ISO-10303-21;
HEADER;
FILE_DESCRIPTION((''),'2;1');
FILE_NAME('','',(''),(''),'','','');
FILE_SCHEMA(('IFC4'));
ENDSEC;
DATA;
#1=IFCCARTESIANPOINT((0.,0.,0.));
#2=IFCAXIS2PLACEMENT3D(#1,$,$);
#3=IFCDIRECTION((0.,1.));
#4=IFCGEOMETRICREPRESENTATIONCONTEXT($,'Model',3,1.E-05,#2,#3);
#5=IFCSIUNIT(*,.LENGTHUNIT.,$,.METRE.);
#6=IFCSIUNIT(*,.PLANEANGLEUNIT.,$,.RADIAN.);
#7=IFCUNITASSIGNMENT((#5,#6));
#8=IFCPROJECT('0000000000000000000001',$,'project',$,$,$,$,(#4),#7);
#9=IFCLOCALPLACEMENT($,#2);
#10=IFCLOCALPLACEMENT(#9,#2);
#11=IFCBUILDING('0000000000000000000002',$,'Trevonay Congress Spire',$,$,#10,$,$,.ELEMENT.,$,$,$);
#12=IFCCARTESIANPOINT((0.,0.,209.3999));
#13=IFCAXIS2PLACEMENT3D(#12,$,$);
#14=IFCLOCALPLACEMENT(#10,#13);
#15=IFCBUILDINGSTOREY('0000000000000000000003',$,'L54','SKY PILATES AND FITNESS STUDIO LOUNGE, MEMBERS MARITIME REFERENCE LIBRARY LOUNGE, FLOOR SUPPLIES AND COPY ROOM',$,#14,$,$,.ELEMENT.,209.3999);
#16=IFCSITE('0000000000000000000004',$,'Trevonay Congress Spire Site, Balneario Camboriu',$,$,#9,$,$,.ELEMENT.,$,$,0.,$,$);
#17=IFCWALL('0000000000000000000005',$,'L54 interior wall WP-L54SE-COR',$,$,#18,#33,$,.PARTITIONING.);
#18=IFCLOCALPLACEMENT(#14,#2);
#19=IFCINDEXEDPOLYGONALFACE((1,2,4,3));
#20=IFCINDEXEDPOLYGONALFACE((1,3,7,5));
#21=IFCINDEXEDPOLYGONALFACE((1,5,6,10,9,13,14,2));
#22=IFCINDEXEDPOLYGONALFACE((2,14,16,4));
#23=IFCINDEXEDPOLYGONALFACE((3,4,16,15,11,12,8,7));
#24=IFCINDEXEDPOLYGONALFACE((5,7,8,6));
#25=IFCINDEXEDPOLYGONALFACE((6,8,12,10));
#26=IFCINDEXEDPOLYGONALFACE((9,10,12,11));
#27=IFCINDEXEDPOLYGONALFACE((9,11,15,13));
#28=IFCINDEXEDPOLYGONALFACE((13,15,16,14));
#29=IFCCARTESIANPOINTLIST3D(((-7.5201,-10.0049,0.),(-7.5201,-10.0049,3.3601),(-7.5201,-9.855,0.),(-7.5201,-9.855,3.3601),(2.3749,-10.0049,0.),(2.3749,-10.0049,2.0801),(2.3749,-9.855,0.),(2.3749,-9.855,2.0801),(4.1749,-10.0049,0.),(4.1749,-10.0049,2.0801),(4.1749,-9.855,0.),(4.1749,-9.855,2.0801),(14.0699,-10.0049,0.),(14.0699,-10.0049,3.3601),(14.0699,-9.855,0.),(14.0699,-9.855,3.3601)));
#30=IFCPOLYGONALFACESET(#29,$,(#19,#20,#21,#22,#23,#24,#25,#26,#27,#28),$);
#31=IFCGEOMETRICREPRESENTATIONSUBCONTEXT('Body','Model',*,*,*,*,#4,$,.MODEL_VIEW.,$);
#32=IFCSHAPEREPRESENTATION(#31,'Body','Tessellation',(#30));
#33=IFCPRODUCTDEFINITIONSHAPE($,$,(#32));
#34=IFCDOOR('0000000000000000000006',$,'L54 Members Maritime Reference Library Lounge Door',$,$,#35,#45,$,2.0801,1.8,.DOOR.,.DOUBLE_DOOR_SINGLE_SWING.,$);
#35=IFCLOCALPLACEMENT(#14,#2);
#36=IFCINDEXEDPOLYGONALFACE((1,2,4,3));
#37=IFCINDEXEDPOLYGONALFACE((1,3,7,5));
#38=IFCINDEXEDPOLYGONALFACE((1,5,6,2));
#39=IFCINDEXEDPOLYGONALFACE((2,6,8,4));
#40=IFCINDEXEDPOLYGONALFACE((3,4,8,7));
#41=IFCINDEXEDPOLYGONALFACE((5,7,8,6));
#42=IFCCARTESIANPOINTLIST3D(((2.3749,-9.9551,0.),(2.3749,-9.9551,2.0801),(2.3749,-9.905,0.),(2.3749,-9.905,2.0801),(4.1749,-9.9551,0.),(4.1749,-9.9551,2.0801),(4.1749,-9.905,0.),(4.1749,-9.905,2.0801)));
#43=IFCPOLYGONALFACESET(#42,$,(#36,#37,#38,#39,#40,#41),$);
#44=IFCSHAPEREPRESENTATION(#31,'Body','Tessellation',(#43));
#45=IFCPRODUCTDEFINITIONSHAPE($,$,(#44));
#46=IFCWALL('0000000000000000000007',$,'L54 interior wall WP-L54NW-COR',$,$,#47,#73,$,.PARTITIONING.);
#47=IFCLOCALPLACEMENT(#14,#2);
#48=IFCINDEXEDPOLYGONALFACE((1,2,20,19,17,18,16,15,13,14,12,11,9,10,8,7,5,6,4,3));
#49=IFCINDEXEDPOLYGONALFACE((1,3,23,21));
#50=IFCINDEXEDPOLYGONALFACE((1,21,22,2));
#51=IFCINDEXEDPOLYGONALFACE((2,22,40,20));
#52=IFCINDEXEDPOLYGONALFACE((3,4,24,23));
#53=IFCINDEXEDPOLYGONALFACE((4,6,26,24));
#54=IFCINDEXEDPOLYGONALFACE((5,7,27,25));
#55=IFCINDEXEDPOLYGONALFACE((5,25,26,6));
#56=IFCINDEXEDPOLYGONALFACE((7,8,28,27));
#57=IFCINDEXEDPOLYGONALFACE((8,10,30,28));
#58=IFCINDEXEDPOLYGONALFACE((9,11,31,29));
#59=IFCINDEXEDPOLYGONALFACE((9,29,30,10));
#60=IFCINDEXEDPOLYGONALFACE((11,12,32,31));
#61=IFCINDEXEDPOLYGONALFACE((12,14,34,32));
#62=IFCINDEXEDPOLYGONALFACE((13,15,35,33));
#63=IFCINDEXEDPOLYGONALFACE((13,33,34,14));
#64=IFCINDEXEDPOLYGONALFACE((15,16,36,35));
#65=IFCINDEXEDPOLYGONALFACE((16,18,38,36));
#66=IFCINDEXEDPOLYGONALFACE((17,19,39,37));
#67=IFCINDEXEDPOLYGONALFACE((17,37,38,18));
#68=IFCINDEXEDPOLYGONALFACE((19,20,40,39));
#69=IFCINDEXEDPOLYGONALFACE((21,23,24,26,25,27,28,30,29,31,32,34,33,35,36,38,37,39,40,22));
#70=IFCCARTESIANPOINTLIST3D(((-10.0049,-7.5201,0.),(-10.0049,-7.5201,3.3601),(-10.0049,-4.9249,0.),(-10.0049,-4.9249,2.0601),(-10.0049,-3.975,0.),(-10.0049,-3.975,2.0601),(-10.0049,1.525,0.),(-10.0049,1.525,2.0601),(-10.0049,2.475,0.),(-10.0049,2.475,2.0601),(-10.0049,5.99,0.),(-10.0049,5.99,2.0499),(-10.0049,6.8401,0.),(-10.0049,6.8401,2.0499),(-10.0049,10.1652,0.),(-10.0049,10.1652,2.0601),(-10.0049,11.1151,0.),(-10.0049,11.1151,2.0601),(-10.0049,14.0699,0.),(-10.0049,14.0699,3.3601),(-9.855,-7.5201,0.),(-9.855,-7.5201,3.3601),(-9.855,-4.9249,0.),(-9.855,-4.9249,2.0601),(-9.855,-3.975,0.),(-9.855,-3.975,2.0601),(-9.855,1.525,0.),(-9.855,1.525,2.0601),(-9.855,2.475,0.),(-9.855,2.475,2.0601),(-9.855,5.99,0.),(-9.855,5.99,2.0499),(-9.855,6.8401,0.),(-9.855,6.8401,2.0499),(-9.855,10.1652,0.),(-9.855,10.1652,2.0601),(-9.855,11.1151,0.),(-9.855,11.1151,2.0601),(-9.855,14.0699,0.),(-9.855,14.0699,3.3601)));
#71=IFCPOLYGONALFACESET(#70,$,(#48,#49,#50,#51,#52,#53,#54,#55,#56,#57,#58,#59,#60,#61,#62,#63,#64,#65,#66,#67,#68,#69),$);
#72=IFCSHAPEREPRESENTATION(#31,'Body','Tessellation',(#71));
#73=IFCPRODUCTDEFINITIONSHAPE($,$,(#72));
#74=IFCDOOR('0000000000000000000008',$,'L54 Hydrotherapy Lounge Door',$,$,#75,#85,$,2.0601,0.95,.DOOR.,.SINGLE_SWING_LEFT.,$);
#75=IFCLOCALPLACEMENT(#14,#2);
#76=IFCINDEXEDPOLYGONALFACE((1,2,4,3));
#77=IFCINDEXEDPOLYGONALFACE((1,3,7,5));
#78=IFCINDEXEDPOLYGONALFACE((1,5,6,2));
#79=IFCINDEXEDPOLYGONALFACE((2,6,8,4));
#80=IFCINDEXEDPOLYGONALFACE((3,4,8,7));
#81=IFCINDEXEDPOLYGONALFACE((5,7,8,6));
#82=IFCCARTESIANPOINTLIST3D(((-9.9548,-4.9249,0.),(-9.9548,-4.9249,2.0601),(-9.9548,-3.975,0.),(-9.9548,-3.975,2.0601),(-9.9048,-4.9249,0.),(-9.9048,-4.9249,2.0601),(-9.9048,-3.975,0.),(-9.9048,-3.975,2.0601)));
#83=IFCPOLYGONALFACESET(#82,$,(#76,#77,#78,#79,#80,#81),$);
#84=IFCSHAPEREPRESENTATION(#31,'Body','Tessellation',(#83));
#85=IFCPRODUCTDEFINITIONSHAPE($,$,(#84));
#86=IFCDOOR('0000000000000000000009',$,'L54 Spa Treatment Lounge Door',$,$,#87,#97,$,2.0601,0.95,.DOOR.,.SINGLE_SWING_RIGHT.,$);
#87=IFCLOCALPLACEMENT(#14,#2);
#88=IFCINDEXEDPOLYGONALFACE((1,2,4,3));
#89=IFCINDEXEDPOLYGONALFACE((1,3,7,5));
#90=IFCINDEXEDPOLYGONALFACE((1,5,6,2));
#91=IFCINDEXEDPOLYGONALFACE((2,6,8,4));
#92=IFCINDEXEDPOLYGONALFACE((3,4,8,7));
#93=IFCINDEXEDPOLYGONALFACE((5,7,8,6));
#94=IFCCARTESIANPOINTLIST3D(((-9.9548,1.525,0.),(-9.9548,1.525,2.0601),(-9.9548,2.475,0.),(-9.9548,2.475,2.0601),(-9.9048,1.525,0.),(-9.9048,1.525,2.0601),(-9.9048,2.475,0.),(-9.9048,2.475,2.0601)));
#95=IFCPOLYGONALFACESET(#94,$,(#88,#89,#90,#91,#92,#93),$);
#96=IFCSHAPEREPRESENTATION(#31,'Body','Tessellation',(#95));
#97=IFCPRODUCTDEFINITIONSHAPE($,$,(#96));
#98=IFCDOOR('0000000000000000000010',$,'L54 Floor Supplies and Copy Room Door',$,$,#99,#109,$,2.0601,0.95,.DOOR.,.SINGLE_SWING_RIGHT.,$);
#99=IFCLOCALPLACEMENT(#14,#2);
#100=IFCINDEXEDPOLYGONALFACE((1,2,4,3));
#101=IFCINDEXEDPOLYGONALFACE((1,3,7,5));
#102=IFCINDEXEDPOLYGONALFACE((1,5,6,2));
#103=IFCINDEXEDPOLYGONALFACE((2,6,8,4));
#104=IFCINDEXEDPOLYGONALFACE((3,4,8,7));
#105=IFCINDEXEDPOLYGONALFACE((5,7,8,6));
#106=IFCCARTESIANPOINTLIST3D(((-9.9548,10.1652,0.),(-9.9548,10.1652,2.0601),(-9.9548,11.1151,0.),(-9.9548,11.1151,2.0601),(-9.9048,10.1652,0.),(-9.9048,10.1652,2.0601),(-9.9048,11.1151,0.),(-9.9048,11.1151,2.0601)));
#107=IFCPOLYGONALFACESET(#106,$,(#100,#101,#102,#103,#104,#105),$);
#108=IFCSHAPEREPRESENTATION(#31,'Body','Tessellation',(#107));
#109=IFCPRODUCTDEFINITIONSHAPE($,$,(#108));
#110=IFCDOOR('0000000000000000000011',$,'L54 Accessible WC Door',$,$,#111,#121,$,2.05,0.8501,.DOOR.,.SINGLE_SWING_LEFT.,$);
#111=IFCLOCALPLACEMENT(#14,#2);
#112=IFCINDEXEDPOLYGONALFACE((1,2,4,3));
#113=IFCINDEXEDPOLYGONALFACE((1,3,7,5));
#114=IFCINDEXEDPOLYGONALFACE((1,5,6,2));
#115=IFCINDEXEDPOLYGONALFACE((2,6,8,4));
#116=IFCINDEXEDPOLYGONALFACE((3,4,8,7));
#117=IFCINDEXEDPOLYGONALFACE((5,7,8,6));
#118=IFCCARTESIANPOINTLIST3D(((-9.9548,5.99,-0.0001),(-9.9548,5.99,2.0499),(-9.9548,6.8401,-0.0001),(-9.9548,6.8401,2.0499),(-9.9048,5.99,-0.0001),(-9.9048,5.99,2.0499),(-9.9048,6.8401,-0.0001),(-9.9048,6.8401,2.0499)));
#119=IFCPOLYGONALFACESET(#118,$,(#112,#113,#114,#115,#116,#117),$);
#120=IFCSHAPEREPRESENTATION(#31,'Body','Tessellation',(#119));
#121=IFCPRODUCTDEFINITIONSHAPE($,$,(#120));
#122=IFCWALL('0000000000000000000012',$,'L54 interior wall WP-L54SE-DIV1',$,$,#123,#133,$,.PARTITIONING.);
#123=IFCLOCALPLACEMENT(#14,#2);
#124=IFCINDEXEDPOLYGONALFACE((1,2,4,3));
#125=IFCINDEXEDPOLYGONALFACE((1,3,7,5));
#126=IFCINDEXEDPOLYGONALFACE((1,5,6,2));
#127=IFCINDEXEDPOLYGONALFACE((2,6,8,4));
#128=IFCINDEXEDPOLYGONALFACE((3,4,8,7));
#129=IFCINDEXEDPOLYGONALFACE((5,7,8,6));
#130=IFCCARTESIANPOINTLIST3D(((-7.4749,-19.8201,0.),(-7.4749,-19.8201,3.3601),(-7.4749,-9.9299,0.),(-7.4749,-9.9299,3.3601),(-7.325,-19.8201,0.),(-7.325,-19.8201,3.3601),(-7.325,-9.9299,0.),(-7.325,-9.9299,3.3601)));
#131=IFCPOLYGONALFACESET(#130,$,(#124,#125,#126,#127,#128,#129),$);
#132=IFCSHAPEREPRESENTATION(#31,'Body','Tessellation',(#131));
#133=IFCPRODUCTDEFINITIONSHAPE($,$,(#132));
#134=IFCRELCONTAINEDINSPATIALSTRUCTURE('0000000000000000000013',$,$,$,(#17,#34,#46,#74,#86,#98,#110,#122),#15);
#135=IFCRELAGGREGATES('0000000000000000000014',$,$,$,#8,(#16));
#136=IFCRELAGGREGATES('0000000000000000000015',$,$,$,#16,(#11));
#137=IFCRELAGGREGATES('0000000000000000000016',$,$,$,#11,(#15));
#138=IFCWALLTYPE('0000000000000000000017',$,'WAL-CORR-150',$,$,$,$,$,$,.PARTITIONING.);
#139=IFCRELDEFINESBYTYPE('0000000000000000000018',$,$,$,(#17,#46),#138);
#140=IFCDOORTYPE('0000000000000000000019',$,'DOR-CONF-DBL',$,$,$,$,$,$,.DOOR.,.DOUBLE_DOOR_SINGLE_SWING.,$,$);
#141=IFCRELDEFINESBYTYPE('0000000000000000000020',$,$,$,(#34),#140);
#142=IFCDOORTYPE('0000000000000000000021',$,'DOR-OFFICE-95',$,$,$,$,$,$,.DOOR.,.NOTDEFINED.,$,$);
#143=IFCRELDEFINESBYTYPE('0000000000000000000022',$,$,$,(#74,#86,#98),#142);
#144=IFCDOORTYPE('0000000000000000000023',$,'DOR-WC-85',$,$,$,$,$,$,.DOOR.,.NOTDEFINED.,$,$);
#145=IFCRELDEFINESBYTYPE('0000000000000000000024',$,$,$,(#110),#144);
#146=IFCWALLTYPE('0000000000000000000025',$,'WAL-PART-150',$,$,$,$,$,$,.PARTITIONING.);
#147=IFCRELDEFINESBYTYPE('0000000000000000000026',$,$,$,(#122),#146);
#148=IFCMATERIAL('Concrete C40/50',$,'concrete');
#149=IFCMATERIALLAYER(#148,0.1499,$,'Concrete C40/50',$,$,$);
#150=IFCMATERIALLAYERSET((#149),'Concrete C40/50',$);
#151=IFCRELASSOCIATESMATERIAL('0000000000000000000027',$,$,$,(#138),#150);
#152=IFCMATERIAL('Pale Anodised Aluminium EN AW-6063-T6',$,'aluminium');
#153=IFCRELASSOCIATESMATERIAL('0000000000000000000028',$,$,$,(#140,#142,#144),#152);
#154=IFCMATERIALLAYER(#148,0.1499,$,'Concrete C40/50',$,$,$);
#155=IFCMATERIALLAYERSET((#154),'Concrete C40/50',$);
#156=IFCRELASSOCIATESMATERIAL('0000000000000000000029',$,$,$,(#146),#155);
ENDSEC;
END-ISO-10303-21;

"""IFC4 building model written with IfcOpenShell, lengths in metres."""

from ifc_helpers import new_model, si_unit, direction, frame, frame_2d, origin, place, context, subcontext, project, spatial, rectangle, extrude, material, layer, layer_set, type_object, element, fill, save


model = new_model("IFC4")

# Units and contexts
model_context = context("Model", 3, precision=1e-05, world=origin(), true_north=direction((0.0, 1.0)))
body_context = subcontext(model_context, "Body", "Model", "MODEL_VIEW")
ifc_project = project(units=[si_unit("LENGTHUNIT", "METRE"), si_unit("PLANEANGLEUNIT", "RADIAN")], contexts=[model_context])

# Site, building, storey
site_placement = place(None, origin())
site = spatial("IfcSite", under=ifc_project, at=site_placement, Name="Trevonay Congress Spire Site, Balneario Camboriu", CompositionType="ELEMENT", RefElevation=0.0)
building_placement = place(site_placement, origin())
building = spatial("IfcBuilding", under=site, at=building_placement, Name="Trevonay Congress Spire", CompositionType="ELEMENT")
storey_placement = place(building_placement, frame((0.0, 0.0, 209.3999)))
storey = spatial("IfcBuildingStorey", under=building, at=storey_placement, Name="L54", Description="SKY PILATES AND FITNESS STUDIO LOUNGE, MEMBERS MARITIME REFERENCE LIBRARY LOUNGE, FLOOR SUPPLIES AND COPY ROOM", CompositionType="ELEMENT", Elevation=209.3999)

# Shared definitions
ifc_material_1 = material(Name="Pale Anodised Aluminium EN AW-6063-T6", Category="aluminium")

# Wall, opening, door
ifc_material_2 = material(Name="Concrete C40/50", Category="concrete")
ifc_layer_1 = layer(ifc_material_2, 0.1499, Name="Concrete C40/50")
ifc_layer_set_1 = layer_set([ifc_layer_1], Name="Concrete C40/50")
wall_type_1 = type_object("IfcWallType", Name="WAL-CORR-150", PredefinedType="PARTITIONING", material=ifc_layer_set_1)
wall_1_placement = place(storey_placement, frame((-7.52, -9.9299, 0.0), z_axis=(0.0, 0.0, 1.0), x_axis=(1.0, 0.0, 0.0)))
wall_1 = element("IfcWall", 1, at=wall_1_placement, inside=storey, type_object=wall_type_1, Name="L54 interior wall WP-L54SE-COR", PredefinedType="PARTITIONING", context=body_context, shape_type="SweptSolid", body=[
    extrude(rectangle(XDim=21.5901, YDim=0.1499, at=frame_2d((10.7949, 0.0))), origin(), (0.0, 0.0, 1.0), 3.3601),
])
opening_1_placement = place(wall_1_placement, frame((9.895, 0.0, 0.0)))
opening_1 = element("IfcOpeningElement", 2, at=opening_1_placement, cuts=wall_1, PredefinedType="OPENING", context=body_context, shape_type="SweptSolid", body=[
    extrude(rectangle(XDim=1.8, YDim=2.0801, at=frame_2d((0.8999, 1.04))), frame((0.0, 0.085, 0.0), z_axis=(0.0, -1.0, 0.0), x_axis=(1.0, 0.0, 0.0)), (0.0, 0.0, 1.0), 0.1699),
])
door_type_1 = type_object("IfcDoorType", Name="DOR-CONF-DBL", OperationType="DOUBLE_DOOR_SINGLE_SWING", PredefinedType="DOOR", material=ifc_material_1)
door_1_placement = place(opening_1_placement, origin())
door_1 = element("IfcDoor", 3, at=door_1_placement, inside=storey, type_object=door_type_1, Name="L54 Members Maritime Reference Library Lounge Door", OperationType="DOUBLE_DOOR_SINGLE_SWING", OverallHeight=2.0801, OverallWidth=1.8, PredefinedType="DOOR", context=body_context, shape_type="SweptSolid", body=[
    extrude(rectangle(XDim=1.8, YDim=2.0801, at=frame_2d((0.8999, 1.04))), frame((0.0, 0.0249, 0.0), z_axis=(0.0, -1.0, 0.0), x_axis=(1.0, 0.0, 0.0)), (0.0, 0.0, 1.0), 0.05),
])
fill(opening_1, door_1)

# Wall, openings, doors
wall_2_placement = place(storey_placement, frame((-9.9299, -7.52, 0.0), z_axis=(0.0, 0.0, 1.0), x_axis=(0.0, 1.0, 0.0)))
wall_2 = element("IfcWall", 4, at=wall_2_placement, inside=storey, type_object=wall_type_1, Name="L54 interior wall WP-L54NW-COR", PredefinedType="PARTITIONING", context=body_context, shape_type="SweptSolid", body=[
    extrude(rectangle(XDim=21.5901, YDim=0.1499, at=frame_2d((10.7949, 0.0))), origin(), (0.0, 0.0, 1.0), 3.3601),
])
opening_2_placement = place(wall_2_placement, frame((2.595, 0.0, 0.0)))
opening_2 = element("IfcOpeningElement", 5, at=opening_2_placement, cuts=wall_2, PredefinedType="OPENING", context=body_context, shape_type="SweptSolid", body=[
    extrude(rectangle(XDim=0.95, YDim=2.0601, at=frame_2d((0.4751, 1.03))), frame((0.0, 0.085, 0.0), z_axis=(0.0, -1.0, 0.0), x_axis=(1.0, 0.0, 0.0)), (0.0, 0.0, 1.0), 0.1699),
])
opening_3_placement = place(wall_2_placement, frame((9.0449, 0.0, 0.0)))
opening_3 = element("IfcOpeningElement", 6, at=opening_3_placement, cuts=wall_2, PredefinedType="OPENING", context=body_context, shape_type="SweptSolid", body=[
    extrude(rectangle(XDim=0.95, YDim=2.0601, at=frame_2d((0.4751, 1.03))), frame((0.0, 0.085, 0.0), z_axis=(0.0, -1.0, 0.0), x_axis=(1.0, 0.0, 0.0)), (0.0, 0.0, 1.0), 0.1699),
])
opening_4_placement = place(wall_2_placement, frame((13.51, 0.0, 0.0)))
opening_4 = element("IfcOpeningElement", 7, at=opening_4_placement, cuts=wall_2, PredefinedType="OPENING", context=body_context, shape_type="SweptSolid", body=[
    extrude(rectangle(XDim=0.8501, YDim=2.05, at=frame_2d((0.425, 1.0249))), frame((0.0, 0.085, 0.0), z_axis=(0.0, -1.0, 0.0), x_axis=(1.0, 0.0, 0.0)), (0.0, 0.0, 1.0), 0.1699),
])
opening_5_placement = place(wall_2_placement, frame((17.6851, 0.0, 0.0)))
opening_5 = element("IfcOpeningElement", 8, at=opening_5_placement, cuts=wall_2, PredefinedType="OPENING", context=body_context, shape_type="SweptSolid", body=[
    extrude(rectangle(XDim=0.95, YDim=2.0601, at=frame_2d((0.4751, 1.03))), frame((0.0, 0.085, 0.0), z_axis=(0.0, -1.0, 0.0), x_axis=(1.0, 0.0, 0.0)), (0.0, 0.0, 1.0), 0.1699),
])
door_type_2 = type_object("IfcDoorType", Name="DOR-OFFICE-95", OperationType="NOTDEFINED", PredefinedType="DOOR", material=ifc_material_1)
door_2_placement = place(opening_2_placement, origin())
door_2 = element("IfcDoor", 9, at=door_2_placement, inside=storey, type_object=door_type_2, Name="L54 Hydrotherapy Lounge Door", OperationType="SINGLE_SWING_LEFT", OverallHeight=2.0601, OverallWidth=0.95, PredefinedType="DOOR", context=body_context, shape_type="SweptSolid", body=[
    extrude(rectangle(XDim=0.95, YDim=2.0601, at=frame_2d((0.4751, 1.03))), frame((0.0, 0.0249, 0.0), z_axis=(0.0, -1.0, 0.0), x_axis=(1.0, 0.0, 0.0)), (0.0, 0.0, 1.0), 0.05),
])
fill(opening_2, door_2)
door_3_placement = place(opening_3_placement, origin())
door_3 = element("IfcDoor", 10, at=door_3_placement, inside=storey, type_object=door_type_2, Name="L54 Spa Treatment Lounge Door", OperationType="SINGLE_SWING_RIGHT", OverallHeight=2.0601, OverallWidth=0.95, PredefinedType="DOOR", context=body_context, shape_type="SweptSolid", body=[
    extrude(rectangle(XDim=0.95, YDim=2.0601, at=frame_2d((0.4751, 1.03))), frame((0.0, 0.0249, 0.0), z_axis=(0.0, -1.0, 0.0), x_axis=(1.0, 0.0, 0.0)), (0.0, 0.0, 1.0), 0.05),
])
fill(opening_3, door_3)
door_4_placement = place(opening_5_placement, origin())
door_4 = element("IfcDoor", 11, at=door_4_placement, inside=storey, type_object=door_type_2, Name="L54 Floor Supplies and Copy Room Door", OperationType="SINGLE_SWING_RIGHT", OverallHeight=2.0601, OverallWidth=0.95, PredefinedType="DOOR", context=body_context, shape_type="SweptSolid", body=[
    extrude(rectangle(XDim=0.95, YDim=2.0601, at=frame_2d((0.4751, 1.03))), frame((0.0, 0.0249, 0.0), z_axis=(0.0, -1.0, 0.0), x_axis=(1.0, 0.0, 0.0)), (0.0, 0.0, 1.0), 0.05),
])
fill(opening_5, door_4)
door_type_3 = type_object("IfcDoorType", Name="DOR-WC-85", OperationType="NOTDEFINED", PredefinedType="DOOR", material=ifc_material_1)
door_5_placement = place(opening_4_placement, origin())
door_5 = element("IfcDoor", 12, at=door_5_placement, inside=storey, type_object=door_type_3, Name="L54 Accessible WC Door", OperationType="SINGLE_SWING_LEFT", OverallHeight=2.05, OverallWidth=0.8501, PredefinedType="DOOR", context=body_context, shape_type="SweptSolid", body=[
    extrude(rectangle(XDim=0.8501, YDim=2.05, at=frame_2d((0.425, 1.0249))), frame((0.0, 0.0249, 0.0), z_axis=(0.0, -1.0, 0.0), x_axis=(1.0, 0.0, 0.0)), (0.0, 0.0, 1.0), 0.05),
])
fill(opening_4, door_5)

# Wall
ifc_layer_2 = layer(ifc_material_2, 0.1499, Name="Concrete C40/50")
ifc_layer_set_2 = layer_set([ifc_layer_2], Name="Concrete C40/50")
wall_type_2 = type_object("IfcWallType", Name="WAL-PART-150", PredefinedType="PARTITIONING", material=ifc_layer_set_2)
wall_3_placement = place(storey_placement, frame((-7.3999, -19.8201, 0.0), z_axis=(0.0, 0.0, 1.0), x_axis=(0.0, 1.0, 0.0)))
element("IfcWall", 13, at=wall_3_placement, inside=storey, type_object=wall_type_2, Name="L54 interior wall WP-L54SE-DIV1", PredefinedType="PARTITIONING", context=body_context, shape_type="SweptSolid", body=[
    extrude(rectangle(XDim=9.8901, YDim=0.1499, at=frame_2d((4.9451, 0.0))), origin(), (0.0, 0.0, 1.0), 3.3601),
])

save(model, "model.ifc")
